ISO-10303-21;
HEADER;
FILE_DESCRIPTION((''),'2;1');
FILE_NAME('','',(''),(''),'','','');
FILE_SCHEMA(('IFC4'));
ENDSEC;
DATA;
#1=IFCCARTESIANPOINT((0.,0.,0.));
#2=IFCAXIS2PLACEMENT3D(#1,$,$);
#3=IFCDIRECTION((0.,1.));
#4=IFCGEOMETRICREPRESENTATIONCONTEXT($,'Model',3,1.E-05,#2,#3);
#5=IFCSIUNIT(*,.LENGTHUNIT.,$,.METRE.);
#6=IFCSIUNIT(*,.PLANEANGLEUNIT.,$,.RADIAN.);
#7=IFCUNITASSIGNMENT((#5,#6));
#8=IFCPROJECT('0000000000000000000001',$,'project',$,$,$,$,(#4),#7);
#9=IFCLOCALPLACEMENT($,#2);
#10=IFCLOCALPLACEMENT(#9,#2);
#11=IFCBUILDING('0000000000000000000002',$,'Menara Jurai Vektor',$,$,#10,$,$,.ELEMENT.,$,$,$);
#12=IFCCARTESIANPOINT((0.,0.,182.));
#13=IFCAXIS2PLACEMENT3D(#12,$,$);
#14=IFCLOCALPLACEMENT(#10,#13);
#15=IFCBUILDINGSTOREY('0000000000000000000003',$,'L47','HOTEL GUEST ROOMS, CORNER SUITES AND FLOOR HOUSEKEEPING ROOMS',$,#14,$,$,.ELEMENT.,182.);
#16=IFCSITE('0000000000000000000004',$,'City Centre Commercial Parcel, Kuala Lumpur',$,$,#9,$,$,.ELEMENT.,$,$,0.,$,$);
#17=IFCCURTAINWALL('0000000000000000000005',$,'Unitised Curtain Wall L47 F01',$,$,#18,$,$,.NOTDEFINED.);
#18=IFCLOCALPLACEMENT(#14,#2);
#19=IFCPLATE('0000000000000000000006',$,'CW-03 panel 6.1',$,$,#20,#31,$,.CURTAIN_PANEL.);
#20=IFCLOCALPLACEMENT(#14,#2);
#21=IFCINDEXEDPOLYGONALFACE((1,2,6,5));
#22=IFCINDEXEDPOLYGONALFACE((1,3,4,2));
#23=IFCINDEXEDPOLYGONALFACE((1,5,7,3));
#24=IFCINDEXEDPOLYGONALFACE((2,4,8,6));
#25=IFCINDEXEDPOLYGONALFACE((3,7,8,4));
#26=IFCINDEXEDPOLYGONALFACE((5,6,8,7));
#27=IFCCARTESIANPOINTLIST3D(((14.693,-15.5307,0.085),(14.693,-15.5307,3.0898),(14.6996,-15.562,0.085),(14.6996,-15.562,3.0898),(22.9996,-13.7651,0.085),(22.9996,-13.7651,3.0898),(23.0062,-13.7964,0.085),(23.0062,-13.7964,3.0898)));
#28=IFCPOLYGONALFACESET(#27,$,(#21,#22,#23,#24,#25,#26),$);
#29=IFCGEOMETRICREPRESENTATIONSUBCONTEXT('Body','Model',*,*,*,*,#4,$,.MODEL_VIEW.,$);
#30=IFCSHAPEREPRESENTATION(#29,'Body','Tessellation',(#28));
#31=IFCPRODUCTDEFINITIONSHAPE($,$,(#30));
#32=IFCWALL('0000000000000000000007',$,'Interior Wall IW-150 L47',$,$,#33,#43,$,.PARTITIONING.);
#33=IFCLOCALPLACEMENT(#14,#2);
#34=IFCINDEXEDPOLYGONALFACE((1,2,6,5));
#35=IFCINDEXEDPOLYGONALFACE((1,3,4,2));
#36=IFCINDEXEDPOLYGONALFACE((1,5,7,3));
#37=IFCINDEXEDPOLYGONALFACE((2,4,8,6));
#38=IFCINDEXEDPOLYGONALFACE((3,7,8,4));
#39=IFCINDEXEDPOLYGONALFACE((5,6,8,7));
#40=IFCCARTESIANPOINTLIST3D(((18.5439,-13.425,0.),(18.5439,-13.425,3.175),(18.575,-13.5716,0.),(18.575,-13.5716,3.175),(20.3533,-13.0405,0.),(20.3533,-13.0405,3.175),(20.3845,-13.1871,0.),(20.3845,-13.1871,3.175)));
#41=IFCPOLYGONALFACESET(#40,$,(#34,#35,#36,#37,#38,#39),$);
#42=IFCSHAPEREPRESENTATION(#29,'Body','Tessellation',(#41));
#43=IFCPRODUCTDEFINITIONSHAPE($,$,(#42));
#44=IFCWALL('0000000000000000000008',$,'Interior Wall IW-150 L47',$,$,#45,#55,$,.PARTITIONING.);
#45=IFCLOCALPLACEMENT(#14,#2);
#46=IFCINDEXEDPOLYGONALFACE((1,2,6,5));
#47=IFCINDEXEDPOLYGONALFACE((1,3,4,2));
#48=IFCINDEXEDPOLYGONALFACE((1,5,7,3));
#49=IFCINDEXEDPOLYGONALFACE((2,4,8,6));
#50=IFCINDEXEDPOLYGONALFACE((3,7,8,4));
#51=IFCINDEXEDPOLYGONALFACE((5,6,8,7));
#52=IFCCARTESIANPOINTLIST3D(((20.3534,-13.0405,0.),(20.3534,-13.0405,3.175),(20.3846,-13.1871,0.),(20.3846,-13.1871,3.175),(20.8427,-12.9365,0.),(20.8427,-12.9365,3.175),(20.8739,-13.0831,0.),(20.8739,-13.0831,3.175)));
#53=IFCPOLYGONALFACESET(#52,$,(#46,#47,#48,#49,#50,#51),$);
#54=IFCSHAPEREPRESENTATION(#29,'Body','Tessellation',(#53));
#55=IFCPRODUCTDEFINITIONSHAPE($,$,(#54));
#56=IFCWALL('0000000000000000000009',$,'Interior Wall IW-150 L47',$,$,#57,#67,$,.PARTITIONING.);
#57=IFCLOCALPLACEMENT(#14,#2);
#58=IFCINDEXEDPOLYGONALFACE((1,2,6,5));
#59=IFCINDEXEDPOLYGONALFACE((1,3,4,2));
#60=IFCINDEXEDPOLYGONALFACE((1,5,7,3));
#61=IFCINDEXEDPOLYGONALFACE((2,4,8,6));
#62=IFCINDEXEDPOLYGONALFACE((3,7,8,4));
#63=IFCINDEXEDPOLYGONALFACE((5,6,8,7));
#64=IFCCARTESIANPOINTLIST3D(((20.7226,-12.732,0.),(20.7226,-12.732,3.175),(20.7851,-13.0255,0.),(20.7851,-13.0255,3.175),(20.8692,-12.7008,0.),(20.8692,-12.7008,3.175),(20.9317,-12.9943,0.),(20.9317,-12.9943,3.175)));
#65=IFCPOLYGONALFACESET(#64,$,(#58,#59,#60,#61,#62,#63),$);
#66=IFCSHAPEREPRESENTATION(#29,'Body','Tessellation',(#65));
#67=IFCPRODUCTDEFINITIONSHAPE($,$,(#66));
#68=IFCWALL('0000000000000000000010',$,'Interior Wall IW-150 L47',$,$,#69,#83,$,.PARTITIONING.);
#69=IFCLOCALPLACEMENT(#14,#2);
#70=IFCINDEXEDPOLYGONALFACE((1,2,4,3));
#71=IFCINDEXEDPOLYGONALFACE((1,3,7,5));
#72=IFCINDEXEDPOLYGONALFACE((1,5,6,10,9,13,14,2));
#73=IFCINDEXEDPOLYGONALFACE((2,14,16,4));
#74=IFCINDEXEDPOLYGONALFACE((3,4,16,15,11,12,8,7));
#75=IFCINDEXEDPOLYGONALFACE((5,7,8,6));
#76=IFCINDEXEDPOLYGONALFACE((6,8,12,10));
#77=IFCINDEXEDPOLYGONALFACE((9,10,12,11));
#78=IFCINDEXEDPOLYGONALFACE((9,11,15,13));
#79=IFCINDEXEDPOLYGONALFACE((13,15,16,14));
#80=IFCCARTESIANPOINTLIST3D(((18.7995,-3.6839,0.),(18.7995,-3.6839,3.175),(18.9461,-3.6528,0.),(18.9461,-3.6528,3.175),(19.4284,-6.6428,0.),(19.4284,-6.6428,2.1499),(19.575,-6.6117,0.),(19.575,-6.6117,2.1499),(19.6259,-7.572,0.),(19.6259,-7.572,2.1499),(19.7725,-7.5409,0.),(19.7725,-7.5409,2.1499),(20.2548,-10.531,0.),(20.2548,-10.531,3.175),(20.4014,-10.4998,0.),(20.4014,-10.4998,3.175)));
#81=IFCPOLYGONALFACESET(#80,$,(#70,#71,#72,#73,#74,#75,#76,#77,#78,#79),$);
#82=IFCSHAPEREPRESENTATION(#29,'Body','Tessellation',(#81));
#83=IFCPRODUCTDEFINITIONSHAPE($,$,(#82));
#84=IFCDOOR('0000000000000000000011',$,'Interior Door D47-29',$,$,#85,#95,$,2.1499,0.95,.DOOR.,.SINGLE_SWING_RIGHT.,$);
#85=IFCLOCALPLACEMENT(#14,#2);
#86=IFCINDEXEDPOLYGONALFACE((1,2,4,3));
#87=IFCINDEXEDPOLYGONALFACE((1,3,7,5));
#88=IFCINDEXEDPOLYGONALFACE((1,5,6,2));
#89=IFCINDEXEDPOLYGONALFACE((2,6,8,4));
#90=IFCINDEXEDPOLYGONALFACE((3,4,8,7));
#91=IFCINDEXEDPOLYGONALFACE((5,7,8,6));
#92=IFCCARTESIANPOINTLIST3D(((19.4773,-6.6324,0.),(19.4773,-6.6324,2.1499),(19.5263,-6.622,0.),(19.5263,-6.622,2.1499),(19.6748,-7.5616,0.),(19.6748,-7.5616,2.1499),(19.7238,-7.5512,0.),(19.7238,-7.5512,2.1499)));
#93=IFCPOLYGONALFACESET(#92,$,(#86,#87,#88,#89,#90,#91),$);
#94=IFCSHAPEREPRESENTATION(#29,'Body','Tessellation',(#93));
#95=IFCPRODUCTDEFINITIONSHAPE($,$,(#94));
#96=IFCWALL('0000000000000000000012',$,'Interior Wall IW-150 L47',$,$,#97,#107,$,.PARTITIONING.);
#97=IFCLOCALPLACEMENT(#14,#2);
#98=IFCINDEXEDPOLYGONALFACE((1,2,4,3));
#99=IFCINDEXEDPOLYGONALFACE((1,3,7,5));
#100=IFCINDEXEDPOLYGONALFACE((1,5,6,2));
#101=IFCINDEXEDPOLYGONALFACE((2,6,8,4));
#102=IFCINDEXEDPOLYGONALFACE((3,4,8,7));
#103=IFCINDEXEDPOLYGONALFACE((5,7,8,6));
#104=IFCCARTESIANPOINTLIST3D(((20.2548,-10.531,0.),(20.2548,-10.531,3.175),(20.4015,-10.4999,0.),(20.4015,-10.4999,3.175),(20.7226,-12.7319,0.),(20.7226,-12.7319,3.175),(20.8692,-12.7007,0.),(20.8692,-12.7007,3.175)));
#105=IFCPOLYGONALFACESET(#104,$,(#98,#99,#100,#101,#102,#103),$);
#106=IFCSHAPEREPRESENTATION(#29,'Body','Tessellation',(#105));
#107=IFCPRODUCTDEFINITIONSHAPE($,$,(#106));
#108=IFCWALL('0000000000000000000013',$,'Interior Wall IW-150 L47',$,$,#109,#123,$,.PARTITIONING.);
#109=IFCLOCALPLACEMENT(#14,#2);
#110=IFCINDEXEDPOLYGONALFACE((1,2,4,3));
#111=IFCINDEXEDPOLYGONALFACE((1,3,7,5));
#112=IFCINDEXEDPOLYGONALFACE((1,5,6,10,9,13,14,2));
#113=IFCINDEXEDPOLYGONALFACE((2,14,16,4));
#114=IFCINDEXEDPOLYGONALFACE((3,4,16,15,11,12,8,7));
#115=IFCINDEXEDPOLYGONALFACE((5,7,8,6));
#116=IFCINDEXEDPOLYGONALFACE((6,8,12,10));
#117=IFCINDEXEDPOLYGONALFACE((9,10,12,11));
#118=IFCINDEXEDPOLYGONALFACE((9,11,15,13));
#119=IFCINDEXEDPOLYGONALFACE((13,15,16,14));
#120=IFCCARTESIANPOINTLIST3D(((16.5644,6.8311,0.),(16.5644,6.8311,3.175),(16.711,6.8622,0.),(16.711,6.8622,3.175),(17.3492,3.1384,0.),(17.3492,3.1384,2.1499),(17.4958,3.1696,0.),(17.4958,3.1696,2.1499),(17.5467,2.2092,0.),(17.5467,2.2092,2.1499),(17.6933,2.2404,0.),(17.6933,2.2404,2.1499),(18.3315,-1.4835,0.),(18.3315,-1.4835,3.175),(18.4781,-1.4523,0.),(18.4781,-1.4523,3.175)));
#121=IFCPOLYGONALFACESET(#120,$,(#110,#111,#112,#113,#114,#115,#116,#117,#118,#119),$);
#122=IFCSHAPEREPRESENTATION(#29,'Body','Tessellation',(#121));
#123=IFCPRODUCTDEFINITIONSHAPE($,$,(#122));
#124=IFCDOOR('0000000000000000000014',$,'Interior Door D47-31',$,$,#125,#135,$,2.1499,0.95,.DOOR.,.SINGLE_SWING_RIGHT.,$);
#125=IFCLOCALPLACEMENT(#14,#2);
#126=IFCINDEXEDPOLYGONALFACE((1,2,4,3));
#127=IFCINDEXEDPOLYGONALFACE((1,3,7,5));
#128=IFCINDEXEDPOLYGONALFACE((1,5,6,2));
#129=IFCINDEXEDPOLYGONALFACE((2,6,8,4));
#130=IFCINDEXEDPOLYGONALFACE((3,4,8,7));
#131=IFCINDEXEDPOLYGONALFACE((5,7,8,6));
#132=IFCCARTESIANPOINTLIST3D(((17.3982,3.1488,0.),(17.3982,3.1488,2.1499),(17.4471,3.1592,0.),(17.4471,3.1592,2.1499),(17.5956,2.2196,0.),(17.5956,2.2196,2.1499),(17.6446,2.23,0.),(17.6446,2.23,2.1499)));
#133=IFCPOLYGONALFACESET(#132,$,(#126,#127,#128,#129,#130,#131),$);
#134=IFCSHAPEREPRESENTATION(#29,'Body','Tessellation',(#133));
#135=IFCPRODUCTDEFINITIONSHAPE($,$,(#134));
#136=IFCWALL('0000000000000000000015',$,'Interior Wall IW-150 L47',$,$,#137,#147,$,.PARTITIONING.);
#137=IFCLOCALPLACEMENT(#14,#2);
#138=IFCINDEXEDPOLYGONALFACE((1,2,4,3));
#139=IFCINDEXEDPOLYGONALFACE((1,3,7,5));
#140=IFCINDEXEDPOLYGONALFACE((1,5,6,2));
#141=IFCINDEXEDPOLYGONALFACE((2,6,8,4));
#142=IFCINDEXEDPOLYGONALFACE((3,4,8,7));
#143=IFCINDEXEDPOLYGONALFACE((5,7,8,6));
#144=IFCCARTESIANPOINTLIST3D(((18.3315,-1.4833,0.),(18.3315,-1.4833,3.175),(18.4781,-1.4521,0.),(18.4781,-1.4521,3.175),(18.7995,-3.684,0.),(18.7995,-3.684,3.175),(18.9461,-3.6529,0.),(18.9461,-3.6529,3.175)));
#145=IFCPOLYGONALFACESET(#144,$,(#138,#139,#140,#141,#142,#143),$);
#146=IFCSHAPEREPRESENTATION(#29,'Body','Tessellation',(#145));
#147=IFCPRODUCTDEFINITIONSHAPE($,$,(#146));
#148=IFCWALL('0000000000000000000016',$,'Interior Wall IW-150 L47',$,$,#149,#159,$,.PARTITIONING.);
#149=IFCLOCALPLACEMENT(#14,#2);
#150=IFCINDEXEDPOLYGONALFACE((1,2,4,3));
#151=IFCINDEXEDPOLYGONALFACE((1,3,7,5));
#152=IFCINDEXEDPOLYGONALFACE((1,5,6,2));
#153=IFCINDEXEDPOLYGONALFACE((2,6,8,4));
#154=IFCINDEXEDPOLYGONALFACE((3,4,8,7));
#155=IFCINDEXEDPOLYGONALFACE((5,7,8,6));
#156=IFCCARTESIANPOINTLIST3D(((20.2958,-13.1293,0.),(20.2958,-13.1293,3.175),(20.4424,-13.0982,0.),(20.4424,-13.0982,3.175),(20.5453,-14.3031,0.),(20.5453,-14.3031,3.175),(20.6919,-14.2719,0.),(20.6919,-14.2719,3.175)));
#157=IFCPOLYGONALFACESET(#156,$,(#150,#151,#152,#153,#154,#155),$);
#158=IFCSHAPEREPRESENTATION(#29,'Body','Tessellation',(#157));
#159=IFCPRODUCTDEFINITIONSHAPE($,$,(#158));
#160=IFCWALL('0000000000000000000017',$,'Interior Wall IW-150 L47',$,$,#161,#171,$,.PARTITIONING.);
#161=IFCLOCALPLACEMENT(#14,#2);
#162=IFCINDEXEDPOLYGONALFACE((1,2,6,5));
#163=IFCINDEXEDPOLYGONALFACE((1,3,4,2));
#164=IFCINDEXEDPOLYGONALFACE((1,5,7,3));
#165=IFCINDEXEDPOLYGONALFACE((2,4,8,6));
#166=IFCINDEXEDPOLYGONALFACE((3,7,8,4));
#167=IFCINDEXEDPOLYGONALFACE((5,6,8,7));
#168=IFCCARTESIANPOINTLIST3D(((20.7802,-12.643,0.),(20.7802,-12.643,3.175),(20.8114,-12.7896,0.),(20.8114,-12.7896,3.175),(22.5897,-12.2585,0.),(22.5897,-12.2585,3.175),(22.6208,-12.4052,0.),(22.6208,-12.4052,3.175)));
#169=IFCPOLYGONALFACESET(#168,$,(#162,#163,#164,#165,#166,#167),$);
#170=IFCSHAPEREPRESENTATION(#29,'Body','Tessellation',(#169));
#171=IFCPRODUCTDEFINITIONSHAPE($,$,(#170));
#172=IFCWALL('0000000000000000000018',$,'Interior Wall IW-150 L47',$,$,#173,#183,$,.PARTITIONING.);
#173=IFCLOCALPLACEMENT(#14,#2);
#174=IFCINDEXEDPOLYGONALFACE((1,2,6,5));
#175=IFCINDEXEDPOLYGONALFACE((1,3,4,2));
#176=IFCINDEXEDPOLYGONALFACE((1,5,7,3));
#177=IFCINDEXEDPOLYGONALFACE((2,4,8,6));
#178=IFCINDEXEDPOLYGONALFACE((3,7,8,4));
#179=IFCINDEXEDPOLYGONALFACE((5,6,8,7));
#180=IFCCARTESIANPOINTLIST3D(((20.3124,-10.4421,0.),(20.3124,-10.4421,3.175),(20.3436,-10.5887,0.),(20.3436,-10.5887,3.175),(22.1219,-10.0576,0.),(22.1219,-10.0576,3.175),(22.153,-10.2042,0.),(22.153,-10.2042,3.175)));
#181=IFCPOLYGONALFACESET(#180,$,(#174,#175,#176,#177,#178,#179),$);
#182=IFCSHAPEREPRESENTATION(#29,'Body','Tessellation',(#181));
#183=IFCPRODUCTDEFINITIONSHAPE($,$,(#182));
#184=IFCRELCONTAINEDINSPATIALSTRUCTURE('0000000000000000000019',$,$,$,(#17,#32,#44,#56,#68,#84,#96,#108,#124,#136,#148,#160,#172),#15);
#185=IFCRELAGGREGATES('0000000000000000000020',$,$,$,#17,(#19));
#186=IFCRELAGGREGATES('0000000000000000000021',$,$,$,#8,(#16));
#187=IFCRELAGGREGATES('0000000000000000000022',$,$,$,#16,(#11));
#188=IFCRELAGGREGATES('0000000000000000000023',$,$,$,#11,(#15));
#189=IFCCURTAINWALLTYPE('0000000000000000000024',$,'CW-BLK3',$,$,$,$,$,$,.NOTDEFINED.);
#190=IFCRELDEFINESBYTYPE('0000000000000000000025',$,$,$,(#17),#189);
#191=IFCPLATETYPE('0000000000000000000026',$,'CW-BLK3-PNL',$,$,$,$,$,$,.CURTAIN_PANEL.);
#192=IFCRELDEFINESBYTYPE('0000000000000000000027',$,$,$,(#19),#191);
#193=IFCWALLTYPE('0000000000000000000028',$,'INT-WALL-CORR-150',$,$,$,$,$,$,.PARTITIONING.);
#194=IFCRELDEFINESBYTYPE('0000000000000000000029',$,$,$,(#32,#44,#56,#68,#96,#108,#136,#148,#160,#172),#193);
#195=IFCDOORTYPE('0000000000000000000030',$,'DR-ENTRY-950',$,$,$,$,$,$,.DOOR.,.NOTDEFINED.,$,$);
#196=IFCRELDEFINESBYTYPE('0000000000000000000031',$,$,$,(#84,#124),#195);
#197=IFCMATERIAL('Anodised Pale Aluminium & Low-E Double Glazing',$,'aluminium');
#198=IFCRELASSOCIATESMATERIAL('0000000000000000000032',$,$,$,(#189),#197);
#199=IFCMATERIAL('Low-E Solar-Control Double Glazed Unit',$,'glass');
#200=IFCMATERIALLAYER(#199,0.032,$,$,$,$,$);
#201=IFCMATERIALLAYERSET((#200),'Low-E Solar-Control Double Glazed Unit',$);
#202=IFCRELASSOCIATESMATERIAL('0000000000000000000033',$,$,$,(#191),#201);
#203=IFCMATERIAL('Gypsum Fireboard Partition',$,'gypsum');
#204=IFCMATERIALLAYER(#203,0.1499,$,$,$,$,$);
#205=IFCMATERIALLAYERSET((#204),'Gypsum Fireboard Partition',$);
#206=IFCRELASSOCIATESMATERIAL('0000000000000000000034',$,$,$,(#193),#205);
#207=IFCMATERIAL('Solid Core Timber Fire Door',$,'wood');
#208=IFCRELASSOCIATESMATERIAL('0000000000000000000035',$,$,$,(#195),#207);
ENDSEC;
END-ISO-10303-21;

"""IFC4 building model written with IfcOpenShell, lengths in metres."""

from ifc_helpers import new_model, si_unit, direction, frame, frame_2d, origin, origin_2d, place, context, subcontext, project, spatial, rectangle, extrude, material, layer, layer_set, type_object, element, fill, aggregate, save


model = new_model("IFC4")

# Units and contexts
model_context = context("Model", 3, precision=1e-05, world=origin(), true_north=direction((0.0, 1.0)))
body_context = subcontext(model_context, "Body", "Model", "MODEL_VIEW")
ifc_project = project(units=[si_unit("LENGTHUNIT", "METRE"), si_unit("PLANEANGLEUNIT", "RADIAN")], contexts=[model_context])

# Site, building, storey
site_placement = place(None, origin())
site = spatial("IfcSite", under=ifc_project, at=site_placement, Name="City Centre Commercial Parcel, Kuala Lumpur", CompositionType="ELEMENT", RefElevation=0.0)
building_placement = place(site_placement, origin())
building = spatial("IfcBuilding", under=site, at=building_placement, Name="Menara Jurai Vektor", CompositionType="ELEMENT")
storey_placement = place(building_placement, frame((0.0, 0.0, 182.0)))
storey = spatial("IfcBuildingStorey", under=building, at=storey_placement, Name="L47", Description="HOTEL GUEST ROOMS, CORNER SUITES AND FLOOR HOUSEKEEPING ROOMS", CompositionType="ELEMENT", Elevation=182.0)

# Curtain wall
ifc_material_1 = material(Name="Anodised Pale Aluminium & Low-E Double Glazing", Category="aluminium")
curtain_wall_type = type_object("IfcCurtainWallType", Name="CW-BLK3", PredefinedType="NOTDEFINED", material=ifc_material_1)
curtain_wall_placement = place(storey_placement, origin())
curtain_wall = element("IfcCurtainWall", 1, at=curtain_wall_placement, inside=storey, type_object=curtain_wall_type, Name="Unitised Curtain Wall L47 F01", PredefinedType="NOTDEFINED")

# Plate
ifc_material_2 = material(Name="Low-E Solar-Control Double Glazed Unit", Category="glass")
ifc_layer_1 = layer(ifc_material_2, 0.032)
ifc_layer_set_1 = layer_set([ifc_layer_1], Name="Low-E Solar-Control Double Glazed Unit")
plate_type = type_object("IfcPlateType", Name="CW-BLK3-PNL", PredefinedType="CURTAIN_PANEL", material=ifc_layer_set_1)
plate_placement = place(storey_placement, frame((18.8496, -14.6636, 0.085), z_axis=(0.0, 0.0, 1.0), x_axis=(0.978148, 0.207911, 0.0)))
plate = element("IfcPlate", 2, at=plate_placement, type_object=plate_type, Name="CW-03 panel 6.1", PredefinedType="CURTAIN_PANEL", context=body_context, shape_type="SweptSolid", body=[
    extrude(rectangle(XDim=8.4922, YDim=0.032, at=origin_2d()), origin(), (0.0, 0.0, 1.0), 3.0049),
])
aggregate(curtain_wall, [plate])

# Walls
ifc_material_3 = material(Name="Gypsum Fireboard Partition", Category="gypsum")
ifc_layer_2 = layer(ifc_material_3, 0.1499)
ifc_layer_set_2 = layer_set([ifc_layer_2], Name="Gypsum Fireboard Partition")
wall_type_1 = type_object("IfcWallType", Name="INT-WALL-CORR-150", PredefinedType="PARTITIONING", material=ifc_layer_set_2)
wall_1_placement = place(storey_placement, frame((18.5596, -13.4983, 0.0), z_axis=(0.0, 0.0, 1.0), x_axis=(0.97816, 0.207852, 0.0)))
element("IfcWall", 3, at=wall_1_placement, inside=storey, type_object=wall_type_1, Name="Interior Wall IW-150 L47", PredefinedType="PARTITIONING", context=body_context, shape_type="SweptSolid", body=[
    extrude(rectangle(XDim=1.8499, YDim=0.1499, at=frame_2d((0.9248, 0.0))), origin(), (0.0, 0.0, 1.0), 3.175),
])
wall_2_placement = place(storey_placement, frame((20.3691, -13.1138, 0.0), z_axis=(0.0, 0.0, 1.0), x_axis=(0.978144, 0.207929, 0.0)))
element("IfcWall", 4, at=wall_2_placement, inside=storey, type_object=wall_type_1, Name="Interior Wall IW-150 L47", PredefinedType="PARTITIONING", context=body_context, shape_type="SweptSolid", body=[
    extrude(rectangle(XDim=0.5002, YDim=0.1499, at=frame_2d((0.25, 0.0))), origin(), (0.0, 0.0, 1.0), 3.175),
])
wall_3_placement = place(storey_placement, frame((20.8584, -13.0098, 0.0), z_axis=(0.0, 0.0, 1.0), x_axis=(-0.208306, 0.978064, 0.0)))
element("IfcWall", 5, at=wall_3_placement, inside=storey, type_object=wall_type_1, Name="Interior Wall IW-150 L47", PredefinedType="PARTITIONING", context=body_context, shape_type="SweptSolid", body=[
    extrude(rectangle(XDim=0.3, YDim=0.1499, at=frame_2d((0.1499, 0.0))), origin(), (0.0, 0.0, 1.0), 3.175),
])

# Wall, opening, door
wall_4_placement = place(storey_placement, frame((20.3281, -10.5154, 0.0), z_axis=(0.0, 0.0, 1.0), x_axis=(-0.207907, 0.978149, 0.0)))
wall_4 = element("IfcWall", 6, at=wall_4_placement, inside=storey, type_object=wall_type_1, Name="Interior Wall IW-150 L47", PredefinedType="PARTITIONING", context=body_context, shape_type="SweptSolid", body=[
    extrude(rectangle(XDim=7.0, YDim=0.1499, at=frame_2d((3.5, 0.0))), origin(), (0.0, 0.0, 1.0), 3.175),
])
opening_1_placement = place(wall_4_placement, frame((3.0249, 0.0, 0.0)))
opening_1 = element("IfcOpeningElement", 7, at=opening_1_placement, cuts=wall_4, PredefinedType="OPENING", context=body_context, shape_type="SweptSolid", body=[
    extrude(rectangle(XDim=0.95, YDim=2.1499, at=frame_2d((0.4751, 1.075))), frame((0.0, 0.085, 0.0), z_axis=(0.0, -1.0, 0.0), x_axis=(1.0, 0.0, 0.0)), (0.0, 0.0, 1.0), 0.1699),
])
ifc_material_4 = material(Name="Solid Core Timber Fire Door", Category="wood")
door_type_1 = type_object("IfcDoorType", Name="DR-ENTRY-950", OperationType="NOTDEFINED", PredefinedType="DOOR", material=ifc_material_4)
door_1_placement = place(opening_1_placement, origin())
door_1 = element("IfcDoor", 8, at=door_1_placement, inside=storey, type_object=door_type_1, Name="Interior Door D47-29", OperationType="SINGLE_SWING_RIGHT", OverallHeight=2.1499, OverallWidth=0.95, PredefinedType="DOOR", context=body_context, shape_type="SweptSolid", body=[
    extrude(rectangle(XDim=0.95, YDim=2.1499, at=frame_2d((0.4751, 1.075))), frame((0.0, 0.0249, 0.0), z_axis=(0.0, -1.0, 0.0), x_axis=(1.0, 0.0, 0.0)), (0.0, 0.0, 1.0), 0.05),
])
fill(opening_1, door_1)

# Wall
wall_5_placement = place(storey_placement, frame((20.7959, -12.7163, 0.0), z_axis=(0.0, 0.0, 1.0), x_axis=(-0.207891, 0.978152, 0.0)))
element("IfcWall", 9, at=wall_5_placement, inside=storey, type_object=wall_type_1, Name="Interior Wall IW-150 L47", PredefinedType="PARTITIONING", context=body_context, shape_type="SweptSolid", body=[
    extrude(rectangle(XDim=2.25, YDim=0.1499, at=frame_2d((1.125, 0.0))), origin(), (0.0, 0.0, 1.0), 3.175),
])

# Wall, opening, door
wall_6_placement = place(storey_placement, frame((18.4048, -1.4678, 0.0), z_axis=(0.0, 0.0, 1.0), x_axis=(-0.207889, 0.978152, 0.0)))
wall_6 = element("IfcWall", 10, at=wall_6_placement, inside=storey, type_object=wall_type_1, Name="Interior Wall IW-150 L47", PredefinedType="PARTITIONING", context=body_context, shape_type="SweptSolid", body=[
    extrude(rectangle(XDim=8.5002, YDim=0.1499, at=frame_2d((4.25, 0.0))), origin(), (0.0, 0.0, 1.0), 3.175),
])
opening_2_placement = place(wall_6_placement, frame((3.7749, 0.0, 0.0)))
opening_2 = element("IfcOpeningElement", 11, at=opening_2_placement, cuts=wall_6, PredefinedType="OPENING", context=body_context, shape_type="SweptSolid", body=[
    extrude(rectangle(XDim=0.95, YDim=2.1499, at=frame_2d((0.4751, 1.075))), frame((0.0, 0.085, 0.0), z_axis=(0.0, -1.0, 0.0), x_axis=(1.0, 0.0, 0.0)), (0.0, 0.0, 1.0), 0.1699),
])
door_2_placement = place(opening_2_placement, origin())
door_2 = element("IfcDoor", 12, at=door_2_placement, inside=storey, type_object=door_type_1, Name="Interior Door D47-31", OperationType="SINGLE_SWING_RIGHT", OverallHeight=2.1499, OverallWidth=0.95, PredefinedType="DOOR", context=body_context, shape_type="SweptSolid", body=[
    extrude(rectangle(XDim=0.95, YDim=2.1499, at=frame_2d((0.4751, 1.075))), frame((0.0, 0.0249, 0.0), z_axis=(0.0, -1.0, 0.0), x_axis=(1.0, 0.0, 0.0)), (0.0, 0.0, 1.0), 0.05),
])
fill(opening_2, door_2)

# Walls
wall_7_placement = place(storey_placement, frame((18.8728, -3.6685, 0.0), z_axis=(0.0, 0.0, 1.0), x_axis=(-0.208017, 0.978125, 0.0)))
element("IfcWall", 13, at=wall_7_placement, inside=storey, type_object=wall_type_1, Name="Interior Wall IW-150 L47", PredefinedType="PARTITIONING", context=body_context, shape_type="SweptSolid", body=[
    extrude(rectangle(XDim=2.25, YDim=0.1499, at=frame_2d((1.125, 0.0))), origin(), (0.0, 0.0, 1.0), 3.175),
])
wall_8_placement = place(storey_placement, frame((20.6187, -14.2876, 0.0), z_axis=(0.0, 0.0, 1.0), x_axis=(-0.207917, 0.978146, 0.0)))
element("IfcWall", 14, at=wall_8_placement, inside=storey, type_object=wall_type_1, Name="Interior Wall IW-150 L47", PredefinedType="PARTITIONING", context=body_context, shape_type="SweptSolid", body=[
    extrude(rectangle(XDim=1.2, YDim=0.1499, at=frame_2d((0.6001, 0.0))), origin(), (0.0, 0.0, 1.0), 3.175),
])
for number, where, z_axis, x_axis, name in (
    (15, (20.7959, -12.7163, 0.0), (0.0, 0.0, 1.0), (0.97816, 0.207852, 0.0), "Interior Wall IW-150 L47"),
    (16, (20.3281, -10.5154, 0.0), (0.0, 0.0, 1.0), (0.97816, 0.207852, 0.0), "Interior Wall IW-150 L47"),
):
    element("IfcWall", number, at=place(storey_placement, frame(where, z_axis=z_axis, x_axis=x_axis)), inside=storey, type_object=wall_type_1, Name=name, PredefinedType="PARTITIONING", context=body_context, shape_type="SweptSolid", body=[
        extrude(rectangle(XDim=1.8499, YDim=0.1499, at=frame_2d((0.9248, 0.0))), origin(), (0.0, 0.0, 1.0), 3.175),
    ])

save(model, "model.ifc")
